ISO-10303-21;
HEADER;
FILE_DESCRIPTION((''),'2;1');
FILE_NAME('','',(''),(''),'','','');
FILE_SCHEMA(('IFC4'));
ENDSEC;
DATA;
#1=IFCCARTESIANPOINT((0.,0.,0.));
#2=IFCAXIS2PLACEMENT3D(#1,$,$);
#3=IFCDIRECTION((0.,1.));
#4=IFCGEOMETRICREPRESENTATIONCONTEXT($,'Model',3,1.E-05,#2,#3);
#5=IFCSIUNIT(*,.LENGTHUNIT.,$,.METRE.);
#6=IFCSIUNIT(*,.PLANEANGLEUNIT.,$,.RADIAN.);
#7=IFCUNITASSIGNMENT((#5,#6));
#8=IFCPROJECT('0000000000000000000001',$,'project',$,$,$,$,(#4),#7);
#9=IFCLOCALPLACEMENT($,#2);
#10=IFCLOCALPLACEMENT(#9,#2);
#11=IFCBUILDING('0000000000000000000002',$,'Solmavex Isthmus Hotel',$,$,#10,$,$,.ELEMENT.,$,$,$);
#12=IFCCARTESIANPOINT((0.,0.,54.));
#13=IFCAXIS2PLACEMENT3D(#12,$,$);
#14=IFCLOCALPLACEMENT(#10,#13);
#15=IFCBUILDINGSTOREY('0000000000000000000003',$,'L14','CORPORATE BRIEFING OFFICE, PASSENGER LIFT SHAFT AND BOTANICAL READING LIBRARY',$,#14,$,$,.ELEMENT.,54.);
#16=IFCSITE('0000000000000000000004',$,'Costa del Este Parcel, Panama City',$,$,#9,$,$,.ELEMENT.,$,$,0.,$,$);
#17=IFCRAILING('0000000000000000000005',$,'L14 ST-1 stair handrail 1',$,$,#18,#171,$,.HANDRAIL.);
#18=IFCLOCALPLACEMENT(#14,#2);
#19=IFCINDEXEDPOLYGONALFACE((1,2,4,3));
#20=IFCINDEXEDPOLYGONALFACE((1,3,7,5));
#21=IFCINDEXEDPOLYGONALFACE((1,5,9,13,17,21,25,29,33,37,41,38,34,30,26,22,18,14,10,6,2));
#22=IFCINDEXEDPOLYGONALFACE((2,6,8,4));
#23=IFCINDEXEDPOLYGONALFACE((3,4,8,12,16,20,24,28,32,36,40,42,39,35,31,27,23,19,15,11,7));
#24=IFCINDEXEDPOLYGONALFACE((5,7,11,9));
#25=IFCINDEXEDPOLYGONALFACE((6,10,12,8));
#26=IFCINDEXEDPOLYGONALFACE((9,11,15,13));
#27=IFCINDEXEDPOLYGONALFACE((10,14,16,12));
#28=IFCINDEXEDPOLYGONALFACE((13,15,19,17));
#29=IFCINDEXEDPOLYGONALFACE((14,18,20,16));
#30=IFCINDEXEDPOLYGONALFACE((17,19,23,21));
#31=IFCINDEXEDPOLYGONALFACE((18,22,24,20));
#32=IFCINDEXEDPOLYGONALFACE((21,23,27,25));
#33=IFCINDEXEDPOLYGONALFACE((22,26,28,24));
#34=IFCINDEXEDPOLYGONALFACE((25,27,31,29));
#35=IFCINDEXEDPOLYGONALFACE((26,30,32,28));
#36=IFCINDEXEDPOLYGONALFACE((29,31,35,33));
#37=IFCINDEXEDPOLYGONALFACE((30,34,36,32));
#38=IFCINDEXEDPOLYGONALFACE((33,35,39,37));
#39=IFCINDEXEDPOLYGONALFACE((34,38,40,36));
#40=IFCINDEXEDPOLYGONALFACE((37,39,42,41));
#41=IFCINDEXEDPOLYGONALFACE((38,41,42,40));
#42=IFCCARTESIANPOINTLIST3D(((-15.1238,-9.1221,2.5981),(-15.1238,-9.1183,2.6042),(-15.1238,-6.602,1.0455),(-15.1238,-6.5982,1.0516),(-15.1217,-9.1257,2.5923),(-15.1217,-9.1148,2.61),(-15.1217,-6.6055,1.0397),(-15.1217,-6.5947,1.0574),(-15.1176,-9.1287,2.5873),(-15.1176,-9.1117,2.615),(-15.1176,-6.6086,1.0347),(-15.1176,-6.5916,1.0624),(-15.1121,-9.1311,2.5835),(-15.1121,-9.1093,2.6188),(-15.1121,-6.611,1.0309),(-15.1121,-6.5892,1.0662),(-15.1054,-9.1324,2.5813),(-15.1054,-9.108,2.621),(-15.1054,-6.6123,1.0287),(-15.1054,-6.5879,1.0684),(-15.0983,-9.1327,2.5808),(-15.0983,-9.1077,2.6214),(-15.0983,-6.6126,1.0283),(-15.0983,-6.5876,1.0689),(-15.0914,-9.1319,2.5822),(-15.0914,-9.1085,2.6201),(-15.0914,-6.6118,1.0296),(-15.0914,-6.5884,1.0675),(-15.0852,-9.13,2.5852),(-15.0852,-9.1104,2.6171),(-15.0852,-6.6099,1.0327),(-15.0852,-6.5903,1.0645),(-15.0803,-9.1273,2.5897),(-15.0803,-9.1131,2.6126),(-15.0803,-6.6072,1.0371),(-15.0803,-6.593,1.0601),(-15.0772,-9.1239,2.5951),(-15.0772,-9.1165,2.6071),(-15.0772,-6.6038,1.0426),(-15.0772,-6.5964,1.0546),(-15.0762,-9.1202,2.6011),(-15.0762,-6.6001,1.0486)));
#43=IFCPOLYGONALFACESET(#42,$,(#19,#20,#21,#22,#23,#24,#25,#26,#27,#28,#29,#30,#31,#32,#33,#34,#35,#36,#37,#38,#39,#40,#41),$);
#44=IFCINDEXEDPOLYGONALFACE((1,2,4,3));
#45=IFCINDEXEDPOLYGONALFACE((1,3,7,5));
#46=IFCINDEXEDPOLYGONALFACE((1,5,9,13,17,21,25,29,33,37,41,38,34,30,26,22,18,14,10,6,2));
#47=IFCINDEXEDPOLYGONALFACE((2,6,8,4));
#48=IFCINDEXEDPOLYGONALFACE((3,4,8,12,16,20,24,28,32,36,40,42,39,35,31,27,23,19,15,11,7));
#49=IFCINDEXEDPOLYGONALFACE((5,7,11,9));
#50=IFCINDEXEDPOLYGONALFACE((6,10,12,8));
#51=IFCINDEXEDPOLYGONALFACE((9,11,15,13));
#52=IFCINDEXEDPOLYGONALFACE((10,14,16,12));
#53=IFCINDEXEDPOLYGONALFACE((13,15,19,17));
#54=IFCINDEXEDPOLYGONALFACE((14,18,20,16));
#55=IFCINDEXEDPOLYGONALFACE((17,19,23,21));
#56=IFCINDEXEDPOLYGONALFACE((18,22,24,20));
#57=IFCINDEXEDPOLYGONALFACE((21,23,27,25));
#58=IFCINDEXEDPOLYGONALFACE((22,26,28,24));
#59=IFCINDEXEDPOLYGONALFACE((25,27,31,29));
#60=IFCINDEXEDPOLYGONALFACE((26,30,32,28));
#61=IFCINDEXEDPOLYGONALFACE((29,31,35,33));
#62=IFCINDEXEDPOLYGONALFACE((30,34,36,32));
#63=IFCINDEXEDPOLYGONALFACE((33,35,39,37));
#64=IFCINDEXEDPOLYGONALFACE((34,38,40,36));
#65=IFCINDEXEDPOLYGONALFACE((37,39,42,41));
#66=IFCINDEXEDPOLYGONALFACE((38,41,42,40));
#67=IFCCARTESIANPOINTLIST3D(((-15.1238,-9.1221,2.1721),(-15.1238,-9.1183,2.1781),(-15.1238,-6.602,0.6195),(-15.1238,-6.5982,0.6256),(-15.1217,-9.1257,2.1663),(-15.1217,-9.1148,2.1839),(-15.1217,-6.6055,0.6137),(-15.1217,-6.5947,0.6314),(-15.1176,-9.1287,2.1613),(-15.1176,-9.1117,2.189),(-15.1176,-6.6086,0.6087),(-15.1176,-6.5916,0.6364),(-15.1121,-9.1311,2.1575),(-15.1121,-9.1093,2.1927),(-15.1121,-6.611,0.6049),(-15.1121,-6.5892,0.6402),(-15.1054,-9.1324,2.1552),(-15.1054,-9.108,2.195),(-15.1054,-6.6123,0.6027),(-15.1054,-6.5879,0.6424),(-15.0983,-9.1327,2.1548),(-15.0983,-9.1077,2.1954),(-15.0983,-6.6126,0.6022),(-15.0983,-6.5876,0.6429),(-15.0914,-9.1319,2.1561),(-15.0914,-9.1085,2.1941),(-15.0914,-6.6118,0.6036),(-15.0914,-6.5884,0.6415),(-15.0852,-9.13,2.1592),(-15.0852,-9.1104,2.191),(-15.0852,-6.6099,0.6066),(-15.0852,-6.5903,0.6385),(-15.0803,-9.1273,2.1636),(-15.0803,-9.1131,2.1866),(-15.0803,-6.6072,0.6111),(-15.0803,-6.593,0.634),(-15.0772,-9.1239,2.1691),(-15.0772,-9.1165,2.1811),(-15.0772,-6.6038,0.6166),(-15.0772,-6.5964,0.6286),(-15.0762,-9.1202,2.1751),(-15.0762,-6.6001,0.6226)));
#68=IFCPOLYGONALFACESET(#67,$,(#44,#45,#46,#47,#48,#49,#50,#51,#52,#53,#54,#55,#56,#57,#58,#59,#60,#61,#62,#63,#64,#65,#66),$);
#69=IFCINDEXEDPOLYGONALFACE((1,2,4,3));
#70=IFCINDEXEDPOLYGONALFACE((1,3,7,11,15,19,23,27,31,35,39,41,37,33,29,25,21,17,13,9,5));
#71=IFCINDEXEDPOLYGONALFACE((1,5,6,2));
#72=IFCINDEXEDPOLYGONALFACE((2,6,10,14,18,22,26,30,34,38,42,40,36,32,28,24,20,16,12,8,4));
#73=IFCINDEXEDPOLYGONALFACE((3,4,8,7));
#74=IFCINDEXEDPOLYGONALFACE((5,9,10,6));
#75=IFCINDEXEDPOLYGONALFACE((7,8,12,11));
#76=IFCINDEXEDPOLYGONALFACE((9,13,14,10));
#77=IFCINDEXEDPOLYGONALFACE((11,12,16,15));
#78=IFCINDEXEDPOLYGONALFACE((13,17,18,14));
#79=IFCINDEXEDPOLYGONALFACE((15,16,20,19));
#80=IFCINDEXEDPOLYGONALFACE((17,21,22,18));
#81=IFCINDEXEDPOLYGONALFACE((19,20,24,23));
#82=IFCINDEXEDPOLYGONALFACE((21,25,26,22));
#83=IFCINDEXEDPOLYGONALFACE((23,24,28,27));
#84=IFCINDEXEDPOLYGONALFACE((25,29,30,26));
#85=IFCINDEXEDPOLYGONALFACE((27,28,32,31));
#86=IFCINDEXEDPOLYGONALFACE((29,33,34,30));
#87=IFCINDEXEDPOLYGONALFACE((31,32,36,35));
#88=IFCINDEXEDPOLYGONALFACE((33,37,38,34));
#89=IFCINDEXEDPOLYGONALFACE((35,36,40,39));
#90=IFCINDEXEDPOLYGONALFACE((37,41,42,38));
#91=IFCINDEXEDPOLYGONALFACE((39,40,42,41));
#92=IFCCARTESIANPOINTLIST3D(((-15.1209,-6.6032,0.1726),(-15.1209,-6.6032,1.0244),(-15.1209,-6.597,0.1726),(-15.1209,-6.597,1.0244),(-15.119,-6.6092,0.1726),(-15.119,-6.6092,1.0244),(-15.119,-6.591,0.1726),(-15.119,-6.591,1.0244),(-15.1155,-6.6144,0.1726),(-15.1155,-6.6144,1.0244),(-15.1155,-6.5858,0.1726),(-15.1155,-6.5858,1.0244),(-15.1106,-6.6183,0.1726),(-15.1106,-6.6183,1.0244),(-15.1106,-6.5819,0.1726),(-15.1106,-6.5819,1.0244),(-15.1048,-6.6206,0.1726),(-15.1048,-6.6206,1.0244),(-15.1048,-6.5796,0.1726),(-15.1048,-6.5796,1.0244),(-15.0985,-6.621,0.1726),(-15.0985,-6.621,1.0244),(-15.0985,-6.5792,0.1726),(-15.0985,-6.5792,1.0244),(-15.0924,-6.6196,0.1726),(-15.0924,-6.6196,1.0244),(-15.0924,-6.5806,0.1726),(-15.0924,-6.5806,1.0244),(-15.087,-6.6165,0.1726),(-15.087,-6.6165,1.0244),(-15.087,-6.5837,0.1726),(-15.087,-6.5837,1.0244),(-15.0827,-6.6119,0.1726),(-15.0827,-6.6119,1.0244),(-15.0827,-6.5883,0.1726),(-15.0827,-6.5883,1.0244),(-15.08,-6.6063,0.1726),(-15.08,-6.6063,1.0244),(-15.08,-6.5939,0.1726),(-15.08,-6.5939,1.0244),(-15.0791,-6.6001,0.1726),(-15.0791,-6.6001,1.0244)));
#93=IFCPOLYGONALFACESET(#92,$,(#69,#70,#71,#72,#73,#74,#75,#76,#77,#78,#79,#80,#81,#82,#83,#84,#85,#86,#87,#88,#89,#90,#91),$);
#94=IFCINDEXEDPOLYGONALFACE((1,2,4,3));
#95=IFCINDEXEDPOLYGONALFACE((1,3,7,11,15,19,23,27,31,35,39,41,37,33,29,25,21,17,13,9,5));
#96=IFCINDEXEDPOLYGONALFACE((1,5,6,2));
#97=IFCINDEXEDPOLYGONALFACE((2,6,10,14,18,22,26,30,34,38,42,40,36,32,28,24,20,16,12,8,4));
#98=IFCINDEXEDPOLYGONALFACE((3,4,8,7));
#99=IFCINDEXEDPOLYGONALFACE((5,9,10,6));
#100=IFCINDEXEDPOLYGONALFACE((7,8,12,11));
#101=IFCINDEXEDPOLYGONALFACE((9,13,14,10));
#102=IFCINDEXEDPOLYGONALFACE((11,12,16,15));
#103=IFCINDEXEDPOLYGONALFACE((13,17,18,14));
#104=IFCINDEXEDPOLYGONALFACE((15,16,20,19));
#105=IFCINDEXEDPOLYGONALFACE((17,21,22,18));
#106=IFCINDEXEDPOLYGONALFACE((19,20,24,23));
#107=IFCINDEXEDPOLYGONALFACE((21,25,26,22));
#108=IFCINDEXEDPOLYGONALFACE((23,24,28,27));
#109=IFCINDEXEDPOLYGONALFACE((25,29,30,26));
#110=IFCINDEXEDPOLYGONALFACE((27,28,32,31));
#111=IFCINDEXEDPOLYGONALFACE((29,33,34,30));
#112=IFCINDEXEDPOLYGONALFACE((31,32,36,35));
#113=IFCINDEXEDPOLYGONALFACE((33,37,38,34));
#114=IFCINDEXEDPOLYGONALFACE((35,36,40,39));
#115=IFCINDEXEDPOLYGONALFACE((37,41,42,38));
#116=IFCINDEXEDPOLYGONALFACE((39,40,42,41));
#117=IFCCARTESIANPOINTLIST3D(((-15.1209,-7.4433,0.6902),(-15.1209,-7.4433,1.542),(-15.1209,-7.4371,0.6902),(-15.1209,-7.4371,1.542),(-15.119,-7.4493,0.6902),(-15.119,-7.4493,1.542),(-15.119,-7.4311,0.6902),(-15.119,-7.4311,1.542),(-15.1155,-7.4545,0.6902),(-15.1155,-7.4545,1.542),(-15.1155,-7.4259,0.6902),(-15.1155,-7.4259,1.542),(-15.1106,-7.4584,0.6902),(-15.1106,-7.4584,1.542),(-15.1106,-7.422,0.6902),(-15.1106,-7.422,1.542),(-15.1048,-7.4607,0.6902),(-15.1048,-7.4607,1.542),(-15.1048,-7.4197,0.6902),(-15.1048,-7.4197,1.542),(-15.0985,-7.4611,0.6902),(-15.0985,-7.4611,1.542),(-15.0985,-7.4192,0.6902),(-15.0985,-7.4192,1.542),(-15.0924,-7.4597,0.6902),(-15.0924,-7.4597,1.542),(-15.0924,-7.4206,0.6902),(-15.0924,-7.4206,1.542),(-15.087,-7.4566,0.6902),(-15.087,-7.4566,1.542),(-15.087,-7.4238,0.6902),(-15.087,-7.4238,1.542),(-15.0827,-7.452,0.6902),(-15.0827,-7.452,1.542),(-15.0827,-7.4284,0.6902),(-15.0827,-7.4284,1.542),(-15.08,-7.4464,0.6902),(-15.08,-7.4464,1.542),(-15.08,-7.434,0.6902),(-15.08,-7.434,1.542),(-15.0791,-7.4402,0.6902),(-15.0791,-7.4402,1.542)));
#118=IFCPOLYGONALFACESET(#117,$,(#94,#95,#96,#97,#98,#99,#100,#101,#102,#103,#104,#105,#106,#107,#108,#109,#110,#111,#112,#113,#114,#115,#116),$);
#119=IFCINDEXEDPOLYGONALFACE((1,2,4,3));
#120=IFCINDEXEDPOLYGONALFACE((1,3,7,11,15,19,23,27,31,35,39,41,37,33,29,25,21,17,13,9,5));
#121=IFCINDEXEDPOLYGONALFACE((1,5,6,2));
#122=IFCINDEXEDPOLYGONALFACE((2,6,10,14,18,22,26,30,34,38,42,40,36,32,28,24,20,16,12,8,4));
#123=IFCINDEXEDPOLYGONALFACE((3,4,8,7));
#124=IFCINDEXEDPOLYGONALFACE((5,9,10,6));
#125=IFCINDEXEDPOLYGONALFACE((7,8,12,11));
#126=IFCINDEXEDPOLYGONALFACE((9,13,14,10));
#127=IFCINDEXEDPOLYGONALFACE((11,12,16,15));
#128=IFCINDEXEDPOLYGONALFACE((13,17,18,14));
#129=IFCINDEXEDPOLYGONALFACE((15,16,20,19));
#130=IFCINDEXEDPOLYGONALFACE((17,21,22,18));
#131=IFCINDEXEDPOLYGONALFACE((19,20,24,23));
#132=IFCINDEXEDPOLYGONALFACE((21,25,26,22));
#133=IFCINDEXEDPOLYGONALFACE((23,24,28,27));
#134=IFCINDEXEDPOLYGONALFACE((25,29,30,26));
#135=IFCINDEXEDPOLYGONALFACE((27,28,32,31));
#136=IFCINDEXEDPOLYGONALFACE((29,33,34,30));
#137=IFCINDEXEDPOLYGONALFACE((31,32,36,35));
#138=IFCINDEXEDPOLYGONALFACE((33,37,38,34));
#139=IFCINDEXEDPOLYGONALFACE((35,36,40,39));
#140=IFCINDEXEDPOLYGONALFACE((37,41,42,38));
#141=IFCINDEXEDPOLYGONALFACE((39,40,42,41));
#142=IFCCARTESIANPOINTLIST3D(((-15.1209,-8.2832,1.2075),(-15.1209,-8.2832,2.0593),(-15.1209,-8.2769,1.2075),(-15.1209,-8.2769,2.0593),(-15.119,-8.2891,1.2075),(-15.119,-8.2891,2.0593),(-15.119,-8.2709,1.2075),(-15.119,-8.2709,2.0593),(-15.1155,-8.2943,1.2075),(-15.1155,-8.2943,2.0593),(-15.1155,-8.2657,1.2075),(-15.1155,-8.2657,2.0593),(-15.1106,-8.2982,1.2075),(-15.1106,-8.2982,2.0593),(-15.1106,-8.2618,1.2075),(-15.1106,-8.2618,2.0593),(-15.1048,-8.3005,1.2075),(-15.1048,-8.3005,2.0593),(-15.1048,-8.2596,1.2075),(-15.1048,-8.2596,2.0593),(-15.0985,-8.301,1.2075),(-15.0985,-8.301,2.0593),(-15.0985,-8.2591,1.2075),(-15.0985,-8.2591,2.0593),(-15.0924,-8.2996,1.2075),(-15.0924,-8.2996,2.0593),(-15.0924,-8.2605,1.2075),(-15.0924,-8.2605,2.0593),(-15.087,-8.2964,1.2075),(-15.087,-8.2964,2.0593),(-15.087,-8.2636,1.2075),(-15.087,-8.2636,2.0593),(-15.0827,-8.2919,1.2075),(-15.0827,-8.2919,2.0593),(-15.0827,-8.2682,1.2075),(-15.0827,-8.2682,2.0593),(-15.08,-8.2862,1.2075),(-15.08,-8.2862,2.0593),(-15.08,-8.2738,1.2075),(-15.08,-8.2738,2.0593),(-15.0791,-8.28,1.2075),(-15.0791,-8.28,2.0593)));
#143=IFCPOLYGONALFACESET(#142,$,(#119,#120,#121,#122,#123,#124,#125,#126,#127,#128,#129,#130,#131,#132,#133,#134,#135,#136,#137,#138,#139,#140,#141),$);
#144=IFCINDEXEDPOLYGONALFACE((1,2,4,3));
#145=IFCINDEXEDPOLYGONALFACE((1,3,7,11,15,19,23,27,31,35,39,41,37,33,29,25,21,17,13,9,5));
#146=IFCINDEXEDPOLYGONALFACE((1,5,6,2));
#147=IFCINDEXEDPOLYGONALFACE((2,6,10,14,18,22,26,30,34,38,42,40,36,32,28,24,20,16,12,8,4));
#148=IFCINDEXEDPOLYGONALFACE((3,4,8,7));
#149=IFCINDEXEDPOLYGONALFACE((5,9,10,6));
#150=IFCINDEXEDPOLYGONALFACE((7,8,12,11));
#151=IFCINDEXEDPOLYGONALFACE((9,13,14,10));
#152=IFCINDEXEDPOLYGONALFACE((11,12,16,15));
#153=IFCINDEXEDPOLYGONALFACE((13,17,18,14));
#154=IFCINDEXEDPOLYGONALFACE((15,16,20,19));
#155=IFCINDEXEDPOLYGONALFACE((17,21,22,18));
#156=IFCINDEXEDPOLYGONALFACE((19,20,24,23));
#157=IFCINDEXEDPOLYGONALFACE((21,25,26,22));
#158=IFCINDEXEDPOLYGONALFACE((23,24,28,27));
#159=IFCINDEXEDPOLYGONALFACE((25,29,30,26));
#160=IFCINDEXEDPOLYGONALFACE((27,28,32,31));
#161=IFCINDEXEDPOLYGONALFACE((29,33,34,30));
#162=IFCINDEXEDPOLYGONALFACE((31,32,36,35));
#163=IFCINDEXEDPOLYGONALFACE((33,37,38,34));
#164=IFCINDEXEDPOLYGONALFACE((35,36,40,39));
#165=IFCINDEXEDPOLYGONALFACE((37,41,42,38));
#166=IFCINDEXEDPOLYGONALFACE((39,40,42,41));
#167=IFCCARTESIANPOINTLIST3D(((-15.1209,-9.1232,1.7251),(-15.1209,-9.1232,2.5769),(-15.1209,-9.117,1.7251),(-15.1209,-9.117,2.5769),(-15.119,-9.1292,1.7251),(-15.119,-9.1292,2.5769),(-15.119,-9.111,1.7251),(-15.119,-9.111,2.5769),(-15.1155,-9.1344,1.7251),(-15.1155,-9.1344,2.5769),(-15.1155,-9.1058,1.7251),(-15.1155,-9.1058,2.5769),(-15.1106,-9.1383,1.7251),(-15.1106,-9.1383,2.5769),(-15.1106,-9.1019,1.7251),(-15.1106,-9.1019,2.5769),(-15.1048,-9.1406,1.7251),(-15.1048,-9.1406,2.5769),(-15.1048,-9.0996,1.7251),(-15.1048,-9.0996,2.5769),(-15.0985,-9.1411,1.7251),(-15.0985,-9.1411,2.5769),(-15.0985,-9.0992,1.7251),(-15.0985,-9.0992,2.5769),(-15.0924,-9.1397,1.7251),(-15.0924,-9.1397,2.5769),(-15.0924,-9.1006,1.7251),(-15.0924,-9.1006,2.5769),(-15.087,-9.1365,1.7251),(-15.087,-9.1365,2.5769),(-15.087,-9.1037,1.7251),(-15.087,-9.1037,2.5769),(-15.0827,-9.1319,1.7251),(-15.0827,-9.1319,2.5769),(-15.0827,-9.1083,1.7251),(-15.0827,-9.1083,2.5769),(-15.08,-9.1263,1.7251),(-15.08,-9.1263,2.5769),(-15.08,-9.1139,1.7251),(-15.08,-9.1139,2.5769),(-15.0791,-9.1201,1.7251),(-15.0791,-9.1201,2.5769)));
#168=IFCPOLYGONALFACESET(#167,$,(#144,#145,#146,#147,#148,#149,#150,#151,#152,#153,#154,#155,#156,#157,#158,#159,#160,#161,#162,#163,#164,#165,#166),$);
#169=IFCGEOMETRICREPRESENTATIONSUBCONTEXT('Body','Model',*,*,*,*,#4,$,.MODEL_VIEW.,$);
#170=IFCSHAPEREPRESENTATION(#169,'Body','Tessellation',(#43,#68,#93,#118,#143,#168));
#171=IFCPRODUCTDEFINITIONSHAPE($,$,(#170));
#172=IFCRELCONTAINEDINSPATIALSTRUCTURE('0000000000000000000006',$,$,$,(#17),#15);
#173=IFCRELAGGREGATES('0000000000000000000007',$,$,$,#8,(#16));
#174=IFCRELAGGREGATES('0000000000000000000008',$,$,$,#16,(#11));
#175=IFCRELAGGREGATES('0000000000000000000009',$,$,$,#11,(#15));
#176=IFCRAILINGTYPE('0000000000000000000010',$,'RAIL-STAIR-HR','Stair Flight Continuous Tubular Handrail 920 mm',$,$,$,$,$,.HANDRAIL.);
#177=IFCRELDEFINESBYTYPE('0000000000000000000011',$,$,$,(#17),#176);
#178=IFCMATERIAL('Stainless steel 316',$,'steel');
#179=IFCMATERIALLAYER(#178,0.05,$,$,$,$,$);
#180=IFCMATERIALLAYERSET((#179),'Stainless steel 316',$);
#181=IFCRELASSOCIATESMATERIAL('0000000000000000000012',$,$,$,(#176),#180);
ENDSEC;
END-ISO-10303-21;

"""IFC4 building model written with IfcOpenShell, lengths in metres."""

from ifc_helpers import new_model, si_unit, direction, frame, origin, origin_2d, place, context, subcontext, project, spatial, circle, extrude, material, layer, layer_set, type_object, element, save


model = new_model("IFC4")

# Units and contexts
model_context = context("Model", 3, precision=1e-05, world=origin(), true_north=direction((0.0, 1.0)))
body_context = subcontext(model_context, "Body", "Model", "MODEL_VIEW")
ifc_project = project(units=[si_unit("LENGTHUNIT", "METRE"), si_unit("PLANEANGLEUNIT", "RADIAN")], contexts=[model_context])

# Site, building, storey
site_placement = place(None, origin())
site = spatial("IfcSite", under=ifc_project, at=site_placement, Name="Costa del Este Parcel, Panama City", CompositionType="ELEMENT", RefElevation=0.0)
building_placement = place(site_placement, origin())
building = spatial("IfcBuilding", under=site, at=building_placement, Name="Solmavex Isthmus Hotel", CompositionType="ELEMENT")
storey_placement = place(building_placement, frame((0.0, 0.0, 54.0)))
storey = spatial("IfcBuildingStorey", under=building, at=storey_placement, Name="L14", Description="CORPORATE BRIEFING OFFICE, PASSENGER LIFT SHAFT AND BOTANICAL READING LIBRARY", CompositionType="ELEMENT", Elevation=54.0)

# Shared definitions
ifc_material_1 = material(Name="Stainless steel 316", Category="steel")

# Railing
ifc_layer_1 = layer(ifc_material_1, 0.05)
ifc_layer_set_1 = layer_set([ifc_layer_1], Name="Stainless steel 316")
railing_type_1 = type_object("IfcRailingType", Name="RAIL-STAIR-HR", Description="Stair Flight Continuous Tubular Handrail 920 mm", PredefinedType="HANDRAIL", material=ifc_layer_set_1)
railing_1_placement = place(storey_placement, frame((-15.1001, -6.6001, 0.1726)))
element("IfcRailing", 1, at=railing_1_placement, inside=storey, type_object=railing_type_1, Name="L14 ST-1 stair handrail 1", PredefinedType="HANDRAIL", context=body_context, shape_type="SweptSolid", body=[
    extrude(circle(Radius=0.0239, at=origin_2d()), frame((0.0, 0.0, 0.876), z_axis=(0.0, -0.8514, 0.524516), x_axis=(1.0, 0.0, 0.0)), (0.0, 0.0, 1.0), 2.96),
    extrude(circle(Radius=0.0239, at=origin_2d()), frame((0.0, 0.0, 0.45), z_axis=(0.0, -0.8514, 0.524516), x_axis=(1.0, 0.0, 0.0)), (0.0, 0.0, 1.0), 2.96),
    extrude(circle(Radius=0.021, at=origin_2d()), origin(), (0.0, 0.0, 1.0), 0.8518),
    extrude(circle(Radius=0.021, at=origin_2d()), frame((0.0, -0.8401, 0.5176)), (0.0, 0.0, 1.0), 0.8518),
    extrude(circle(Radius=0.021, at=origin_2d()), frame((0.0, -1.6799, 1.0349)), (0.0, 0.0, 1.0), 0.8518),
    extrude(circle(Radius=0.021, at=origin_2d()), frame((0.0, -2.52, 1.5525)), (0.0, 0.0, 1.0), 0.8518),
])

save(model, "model.ifc")
